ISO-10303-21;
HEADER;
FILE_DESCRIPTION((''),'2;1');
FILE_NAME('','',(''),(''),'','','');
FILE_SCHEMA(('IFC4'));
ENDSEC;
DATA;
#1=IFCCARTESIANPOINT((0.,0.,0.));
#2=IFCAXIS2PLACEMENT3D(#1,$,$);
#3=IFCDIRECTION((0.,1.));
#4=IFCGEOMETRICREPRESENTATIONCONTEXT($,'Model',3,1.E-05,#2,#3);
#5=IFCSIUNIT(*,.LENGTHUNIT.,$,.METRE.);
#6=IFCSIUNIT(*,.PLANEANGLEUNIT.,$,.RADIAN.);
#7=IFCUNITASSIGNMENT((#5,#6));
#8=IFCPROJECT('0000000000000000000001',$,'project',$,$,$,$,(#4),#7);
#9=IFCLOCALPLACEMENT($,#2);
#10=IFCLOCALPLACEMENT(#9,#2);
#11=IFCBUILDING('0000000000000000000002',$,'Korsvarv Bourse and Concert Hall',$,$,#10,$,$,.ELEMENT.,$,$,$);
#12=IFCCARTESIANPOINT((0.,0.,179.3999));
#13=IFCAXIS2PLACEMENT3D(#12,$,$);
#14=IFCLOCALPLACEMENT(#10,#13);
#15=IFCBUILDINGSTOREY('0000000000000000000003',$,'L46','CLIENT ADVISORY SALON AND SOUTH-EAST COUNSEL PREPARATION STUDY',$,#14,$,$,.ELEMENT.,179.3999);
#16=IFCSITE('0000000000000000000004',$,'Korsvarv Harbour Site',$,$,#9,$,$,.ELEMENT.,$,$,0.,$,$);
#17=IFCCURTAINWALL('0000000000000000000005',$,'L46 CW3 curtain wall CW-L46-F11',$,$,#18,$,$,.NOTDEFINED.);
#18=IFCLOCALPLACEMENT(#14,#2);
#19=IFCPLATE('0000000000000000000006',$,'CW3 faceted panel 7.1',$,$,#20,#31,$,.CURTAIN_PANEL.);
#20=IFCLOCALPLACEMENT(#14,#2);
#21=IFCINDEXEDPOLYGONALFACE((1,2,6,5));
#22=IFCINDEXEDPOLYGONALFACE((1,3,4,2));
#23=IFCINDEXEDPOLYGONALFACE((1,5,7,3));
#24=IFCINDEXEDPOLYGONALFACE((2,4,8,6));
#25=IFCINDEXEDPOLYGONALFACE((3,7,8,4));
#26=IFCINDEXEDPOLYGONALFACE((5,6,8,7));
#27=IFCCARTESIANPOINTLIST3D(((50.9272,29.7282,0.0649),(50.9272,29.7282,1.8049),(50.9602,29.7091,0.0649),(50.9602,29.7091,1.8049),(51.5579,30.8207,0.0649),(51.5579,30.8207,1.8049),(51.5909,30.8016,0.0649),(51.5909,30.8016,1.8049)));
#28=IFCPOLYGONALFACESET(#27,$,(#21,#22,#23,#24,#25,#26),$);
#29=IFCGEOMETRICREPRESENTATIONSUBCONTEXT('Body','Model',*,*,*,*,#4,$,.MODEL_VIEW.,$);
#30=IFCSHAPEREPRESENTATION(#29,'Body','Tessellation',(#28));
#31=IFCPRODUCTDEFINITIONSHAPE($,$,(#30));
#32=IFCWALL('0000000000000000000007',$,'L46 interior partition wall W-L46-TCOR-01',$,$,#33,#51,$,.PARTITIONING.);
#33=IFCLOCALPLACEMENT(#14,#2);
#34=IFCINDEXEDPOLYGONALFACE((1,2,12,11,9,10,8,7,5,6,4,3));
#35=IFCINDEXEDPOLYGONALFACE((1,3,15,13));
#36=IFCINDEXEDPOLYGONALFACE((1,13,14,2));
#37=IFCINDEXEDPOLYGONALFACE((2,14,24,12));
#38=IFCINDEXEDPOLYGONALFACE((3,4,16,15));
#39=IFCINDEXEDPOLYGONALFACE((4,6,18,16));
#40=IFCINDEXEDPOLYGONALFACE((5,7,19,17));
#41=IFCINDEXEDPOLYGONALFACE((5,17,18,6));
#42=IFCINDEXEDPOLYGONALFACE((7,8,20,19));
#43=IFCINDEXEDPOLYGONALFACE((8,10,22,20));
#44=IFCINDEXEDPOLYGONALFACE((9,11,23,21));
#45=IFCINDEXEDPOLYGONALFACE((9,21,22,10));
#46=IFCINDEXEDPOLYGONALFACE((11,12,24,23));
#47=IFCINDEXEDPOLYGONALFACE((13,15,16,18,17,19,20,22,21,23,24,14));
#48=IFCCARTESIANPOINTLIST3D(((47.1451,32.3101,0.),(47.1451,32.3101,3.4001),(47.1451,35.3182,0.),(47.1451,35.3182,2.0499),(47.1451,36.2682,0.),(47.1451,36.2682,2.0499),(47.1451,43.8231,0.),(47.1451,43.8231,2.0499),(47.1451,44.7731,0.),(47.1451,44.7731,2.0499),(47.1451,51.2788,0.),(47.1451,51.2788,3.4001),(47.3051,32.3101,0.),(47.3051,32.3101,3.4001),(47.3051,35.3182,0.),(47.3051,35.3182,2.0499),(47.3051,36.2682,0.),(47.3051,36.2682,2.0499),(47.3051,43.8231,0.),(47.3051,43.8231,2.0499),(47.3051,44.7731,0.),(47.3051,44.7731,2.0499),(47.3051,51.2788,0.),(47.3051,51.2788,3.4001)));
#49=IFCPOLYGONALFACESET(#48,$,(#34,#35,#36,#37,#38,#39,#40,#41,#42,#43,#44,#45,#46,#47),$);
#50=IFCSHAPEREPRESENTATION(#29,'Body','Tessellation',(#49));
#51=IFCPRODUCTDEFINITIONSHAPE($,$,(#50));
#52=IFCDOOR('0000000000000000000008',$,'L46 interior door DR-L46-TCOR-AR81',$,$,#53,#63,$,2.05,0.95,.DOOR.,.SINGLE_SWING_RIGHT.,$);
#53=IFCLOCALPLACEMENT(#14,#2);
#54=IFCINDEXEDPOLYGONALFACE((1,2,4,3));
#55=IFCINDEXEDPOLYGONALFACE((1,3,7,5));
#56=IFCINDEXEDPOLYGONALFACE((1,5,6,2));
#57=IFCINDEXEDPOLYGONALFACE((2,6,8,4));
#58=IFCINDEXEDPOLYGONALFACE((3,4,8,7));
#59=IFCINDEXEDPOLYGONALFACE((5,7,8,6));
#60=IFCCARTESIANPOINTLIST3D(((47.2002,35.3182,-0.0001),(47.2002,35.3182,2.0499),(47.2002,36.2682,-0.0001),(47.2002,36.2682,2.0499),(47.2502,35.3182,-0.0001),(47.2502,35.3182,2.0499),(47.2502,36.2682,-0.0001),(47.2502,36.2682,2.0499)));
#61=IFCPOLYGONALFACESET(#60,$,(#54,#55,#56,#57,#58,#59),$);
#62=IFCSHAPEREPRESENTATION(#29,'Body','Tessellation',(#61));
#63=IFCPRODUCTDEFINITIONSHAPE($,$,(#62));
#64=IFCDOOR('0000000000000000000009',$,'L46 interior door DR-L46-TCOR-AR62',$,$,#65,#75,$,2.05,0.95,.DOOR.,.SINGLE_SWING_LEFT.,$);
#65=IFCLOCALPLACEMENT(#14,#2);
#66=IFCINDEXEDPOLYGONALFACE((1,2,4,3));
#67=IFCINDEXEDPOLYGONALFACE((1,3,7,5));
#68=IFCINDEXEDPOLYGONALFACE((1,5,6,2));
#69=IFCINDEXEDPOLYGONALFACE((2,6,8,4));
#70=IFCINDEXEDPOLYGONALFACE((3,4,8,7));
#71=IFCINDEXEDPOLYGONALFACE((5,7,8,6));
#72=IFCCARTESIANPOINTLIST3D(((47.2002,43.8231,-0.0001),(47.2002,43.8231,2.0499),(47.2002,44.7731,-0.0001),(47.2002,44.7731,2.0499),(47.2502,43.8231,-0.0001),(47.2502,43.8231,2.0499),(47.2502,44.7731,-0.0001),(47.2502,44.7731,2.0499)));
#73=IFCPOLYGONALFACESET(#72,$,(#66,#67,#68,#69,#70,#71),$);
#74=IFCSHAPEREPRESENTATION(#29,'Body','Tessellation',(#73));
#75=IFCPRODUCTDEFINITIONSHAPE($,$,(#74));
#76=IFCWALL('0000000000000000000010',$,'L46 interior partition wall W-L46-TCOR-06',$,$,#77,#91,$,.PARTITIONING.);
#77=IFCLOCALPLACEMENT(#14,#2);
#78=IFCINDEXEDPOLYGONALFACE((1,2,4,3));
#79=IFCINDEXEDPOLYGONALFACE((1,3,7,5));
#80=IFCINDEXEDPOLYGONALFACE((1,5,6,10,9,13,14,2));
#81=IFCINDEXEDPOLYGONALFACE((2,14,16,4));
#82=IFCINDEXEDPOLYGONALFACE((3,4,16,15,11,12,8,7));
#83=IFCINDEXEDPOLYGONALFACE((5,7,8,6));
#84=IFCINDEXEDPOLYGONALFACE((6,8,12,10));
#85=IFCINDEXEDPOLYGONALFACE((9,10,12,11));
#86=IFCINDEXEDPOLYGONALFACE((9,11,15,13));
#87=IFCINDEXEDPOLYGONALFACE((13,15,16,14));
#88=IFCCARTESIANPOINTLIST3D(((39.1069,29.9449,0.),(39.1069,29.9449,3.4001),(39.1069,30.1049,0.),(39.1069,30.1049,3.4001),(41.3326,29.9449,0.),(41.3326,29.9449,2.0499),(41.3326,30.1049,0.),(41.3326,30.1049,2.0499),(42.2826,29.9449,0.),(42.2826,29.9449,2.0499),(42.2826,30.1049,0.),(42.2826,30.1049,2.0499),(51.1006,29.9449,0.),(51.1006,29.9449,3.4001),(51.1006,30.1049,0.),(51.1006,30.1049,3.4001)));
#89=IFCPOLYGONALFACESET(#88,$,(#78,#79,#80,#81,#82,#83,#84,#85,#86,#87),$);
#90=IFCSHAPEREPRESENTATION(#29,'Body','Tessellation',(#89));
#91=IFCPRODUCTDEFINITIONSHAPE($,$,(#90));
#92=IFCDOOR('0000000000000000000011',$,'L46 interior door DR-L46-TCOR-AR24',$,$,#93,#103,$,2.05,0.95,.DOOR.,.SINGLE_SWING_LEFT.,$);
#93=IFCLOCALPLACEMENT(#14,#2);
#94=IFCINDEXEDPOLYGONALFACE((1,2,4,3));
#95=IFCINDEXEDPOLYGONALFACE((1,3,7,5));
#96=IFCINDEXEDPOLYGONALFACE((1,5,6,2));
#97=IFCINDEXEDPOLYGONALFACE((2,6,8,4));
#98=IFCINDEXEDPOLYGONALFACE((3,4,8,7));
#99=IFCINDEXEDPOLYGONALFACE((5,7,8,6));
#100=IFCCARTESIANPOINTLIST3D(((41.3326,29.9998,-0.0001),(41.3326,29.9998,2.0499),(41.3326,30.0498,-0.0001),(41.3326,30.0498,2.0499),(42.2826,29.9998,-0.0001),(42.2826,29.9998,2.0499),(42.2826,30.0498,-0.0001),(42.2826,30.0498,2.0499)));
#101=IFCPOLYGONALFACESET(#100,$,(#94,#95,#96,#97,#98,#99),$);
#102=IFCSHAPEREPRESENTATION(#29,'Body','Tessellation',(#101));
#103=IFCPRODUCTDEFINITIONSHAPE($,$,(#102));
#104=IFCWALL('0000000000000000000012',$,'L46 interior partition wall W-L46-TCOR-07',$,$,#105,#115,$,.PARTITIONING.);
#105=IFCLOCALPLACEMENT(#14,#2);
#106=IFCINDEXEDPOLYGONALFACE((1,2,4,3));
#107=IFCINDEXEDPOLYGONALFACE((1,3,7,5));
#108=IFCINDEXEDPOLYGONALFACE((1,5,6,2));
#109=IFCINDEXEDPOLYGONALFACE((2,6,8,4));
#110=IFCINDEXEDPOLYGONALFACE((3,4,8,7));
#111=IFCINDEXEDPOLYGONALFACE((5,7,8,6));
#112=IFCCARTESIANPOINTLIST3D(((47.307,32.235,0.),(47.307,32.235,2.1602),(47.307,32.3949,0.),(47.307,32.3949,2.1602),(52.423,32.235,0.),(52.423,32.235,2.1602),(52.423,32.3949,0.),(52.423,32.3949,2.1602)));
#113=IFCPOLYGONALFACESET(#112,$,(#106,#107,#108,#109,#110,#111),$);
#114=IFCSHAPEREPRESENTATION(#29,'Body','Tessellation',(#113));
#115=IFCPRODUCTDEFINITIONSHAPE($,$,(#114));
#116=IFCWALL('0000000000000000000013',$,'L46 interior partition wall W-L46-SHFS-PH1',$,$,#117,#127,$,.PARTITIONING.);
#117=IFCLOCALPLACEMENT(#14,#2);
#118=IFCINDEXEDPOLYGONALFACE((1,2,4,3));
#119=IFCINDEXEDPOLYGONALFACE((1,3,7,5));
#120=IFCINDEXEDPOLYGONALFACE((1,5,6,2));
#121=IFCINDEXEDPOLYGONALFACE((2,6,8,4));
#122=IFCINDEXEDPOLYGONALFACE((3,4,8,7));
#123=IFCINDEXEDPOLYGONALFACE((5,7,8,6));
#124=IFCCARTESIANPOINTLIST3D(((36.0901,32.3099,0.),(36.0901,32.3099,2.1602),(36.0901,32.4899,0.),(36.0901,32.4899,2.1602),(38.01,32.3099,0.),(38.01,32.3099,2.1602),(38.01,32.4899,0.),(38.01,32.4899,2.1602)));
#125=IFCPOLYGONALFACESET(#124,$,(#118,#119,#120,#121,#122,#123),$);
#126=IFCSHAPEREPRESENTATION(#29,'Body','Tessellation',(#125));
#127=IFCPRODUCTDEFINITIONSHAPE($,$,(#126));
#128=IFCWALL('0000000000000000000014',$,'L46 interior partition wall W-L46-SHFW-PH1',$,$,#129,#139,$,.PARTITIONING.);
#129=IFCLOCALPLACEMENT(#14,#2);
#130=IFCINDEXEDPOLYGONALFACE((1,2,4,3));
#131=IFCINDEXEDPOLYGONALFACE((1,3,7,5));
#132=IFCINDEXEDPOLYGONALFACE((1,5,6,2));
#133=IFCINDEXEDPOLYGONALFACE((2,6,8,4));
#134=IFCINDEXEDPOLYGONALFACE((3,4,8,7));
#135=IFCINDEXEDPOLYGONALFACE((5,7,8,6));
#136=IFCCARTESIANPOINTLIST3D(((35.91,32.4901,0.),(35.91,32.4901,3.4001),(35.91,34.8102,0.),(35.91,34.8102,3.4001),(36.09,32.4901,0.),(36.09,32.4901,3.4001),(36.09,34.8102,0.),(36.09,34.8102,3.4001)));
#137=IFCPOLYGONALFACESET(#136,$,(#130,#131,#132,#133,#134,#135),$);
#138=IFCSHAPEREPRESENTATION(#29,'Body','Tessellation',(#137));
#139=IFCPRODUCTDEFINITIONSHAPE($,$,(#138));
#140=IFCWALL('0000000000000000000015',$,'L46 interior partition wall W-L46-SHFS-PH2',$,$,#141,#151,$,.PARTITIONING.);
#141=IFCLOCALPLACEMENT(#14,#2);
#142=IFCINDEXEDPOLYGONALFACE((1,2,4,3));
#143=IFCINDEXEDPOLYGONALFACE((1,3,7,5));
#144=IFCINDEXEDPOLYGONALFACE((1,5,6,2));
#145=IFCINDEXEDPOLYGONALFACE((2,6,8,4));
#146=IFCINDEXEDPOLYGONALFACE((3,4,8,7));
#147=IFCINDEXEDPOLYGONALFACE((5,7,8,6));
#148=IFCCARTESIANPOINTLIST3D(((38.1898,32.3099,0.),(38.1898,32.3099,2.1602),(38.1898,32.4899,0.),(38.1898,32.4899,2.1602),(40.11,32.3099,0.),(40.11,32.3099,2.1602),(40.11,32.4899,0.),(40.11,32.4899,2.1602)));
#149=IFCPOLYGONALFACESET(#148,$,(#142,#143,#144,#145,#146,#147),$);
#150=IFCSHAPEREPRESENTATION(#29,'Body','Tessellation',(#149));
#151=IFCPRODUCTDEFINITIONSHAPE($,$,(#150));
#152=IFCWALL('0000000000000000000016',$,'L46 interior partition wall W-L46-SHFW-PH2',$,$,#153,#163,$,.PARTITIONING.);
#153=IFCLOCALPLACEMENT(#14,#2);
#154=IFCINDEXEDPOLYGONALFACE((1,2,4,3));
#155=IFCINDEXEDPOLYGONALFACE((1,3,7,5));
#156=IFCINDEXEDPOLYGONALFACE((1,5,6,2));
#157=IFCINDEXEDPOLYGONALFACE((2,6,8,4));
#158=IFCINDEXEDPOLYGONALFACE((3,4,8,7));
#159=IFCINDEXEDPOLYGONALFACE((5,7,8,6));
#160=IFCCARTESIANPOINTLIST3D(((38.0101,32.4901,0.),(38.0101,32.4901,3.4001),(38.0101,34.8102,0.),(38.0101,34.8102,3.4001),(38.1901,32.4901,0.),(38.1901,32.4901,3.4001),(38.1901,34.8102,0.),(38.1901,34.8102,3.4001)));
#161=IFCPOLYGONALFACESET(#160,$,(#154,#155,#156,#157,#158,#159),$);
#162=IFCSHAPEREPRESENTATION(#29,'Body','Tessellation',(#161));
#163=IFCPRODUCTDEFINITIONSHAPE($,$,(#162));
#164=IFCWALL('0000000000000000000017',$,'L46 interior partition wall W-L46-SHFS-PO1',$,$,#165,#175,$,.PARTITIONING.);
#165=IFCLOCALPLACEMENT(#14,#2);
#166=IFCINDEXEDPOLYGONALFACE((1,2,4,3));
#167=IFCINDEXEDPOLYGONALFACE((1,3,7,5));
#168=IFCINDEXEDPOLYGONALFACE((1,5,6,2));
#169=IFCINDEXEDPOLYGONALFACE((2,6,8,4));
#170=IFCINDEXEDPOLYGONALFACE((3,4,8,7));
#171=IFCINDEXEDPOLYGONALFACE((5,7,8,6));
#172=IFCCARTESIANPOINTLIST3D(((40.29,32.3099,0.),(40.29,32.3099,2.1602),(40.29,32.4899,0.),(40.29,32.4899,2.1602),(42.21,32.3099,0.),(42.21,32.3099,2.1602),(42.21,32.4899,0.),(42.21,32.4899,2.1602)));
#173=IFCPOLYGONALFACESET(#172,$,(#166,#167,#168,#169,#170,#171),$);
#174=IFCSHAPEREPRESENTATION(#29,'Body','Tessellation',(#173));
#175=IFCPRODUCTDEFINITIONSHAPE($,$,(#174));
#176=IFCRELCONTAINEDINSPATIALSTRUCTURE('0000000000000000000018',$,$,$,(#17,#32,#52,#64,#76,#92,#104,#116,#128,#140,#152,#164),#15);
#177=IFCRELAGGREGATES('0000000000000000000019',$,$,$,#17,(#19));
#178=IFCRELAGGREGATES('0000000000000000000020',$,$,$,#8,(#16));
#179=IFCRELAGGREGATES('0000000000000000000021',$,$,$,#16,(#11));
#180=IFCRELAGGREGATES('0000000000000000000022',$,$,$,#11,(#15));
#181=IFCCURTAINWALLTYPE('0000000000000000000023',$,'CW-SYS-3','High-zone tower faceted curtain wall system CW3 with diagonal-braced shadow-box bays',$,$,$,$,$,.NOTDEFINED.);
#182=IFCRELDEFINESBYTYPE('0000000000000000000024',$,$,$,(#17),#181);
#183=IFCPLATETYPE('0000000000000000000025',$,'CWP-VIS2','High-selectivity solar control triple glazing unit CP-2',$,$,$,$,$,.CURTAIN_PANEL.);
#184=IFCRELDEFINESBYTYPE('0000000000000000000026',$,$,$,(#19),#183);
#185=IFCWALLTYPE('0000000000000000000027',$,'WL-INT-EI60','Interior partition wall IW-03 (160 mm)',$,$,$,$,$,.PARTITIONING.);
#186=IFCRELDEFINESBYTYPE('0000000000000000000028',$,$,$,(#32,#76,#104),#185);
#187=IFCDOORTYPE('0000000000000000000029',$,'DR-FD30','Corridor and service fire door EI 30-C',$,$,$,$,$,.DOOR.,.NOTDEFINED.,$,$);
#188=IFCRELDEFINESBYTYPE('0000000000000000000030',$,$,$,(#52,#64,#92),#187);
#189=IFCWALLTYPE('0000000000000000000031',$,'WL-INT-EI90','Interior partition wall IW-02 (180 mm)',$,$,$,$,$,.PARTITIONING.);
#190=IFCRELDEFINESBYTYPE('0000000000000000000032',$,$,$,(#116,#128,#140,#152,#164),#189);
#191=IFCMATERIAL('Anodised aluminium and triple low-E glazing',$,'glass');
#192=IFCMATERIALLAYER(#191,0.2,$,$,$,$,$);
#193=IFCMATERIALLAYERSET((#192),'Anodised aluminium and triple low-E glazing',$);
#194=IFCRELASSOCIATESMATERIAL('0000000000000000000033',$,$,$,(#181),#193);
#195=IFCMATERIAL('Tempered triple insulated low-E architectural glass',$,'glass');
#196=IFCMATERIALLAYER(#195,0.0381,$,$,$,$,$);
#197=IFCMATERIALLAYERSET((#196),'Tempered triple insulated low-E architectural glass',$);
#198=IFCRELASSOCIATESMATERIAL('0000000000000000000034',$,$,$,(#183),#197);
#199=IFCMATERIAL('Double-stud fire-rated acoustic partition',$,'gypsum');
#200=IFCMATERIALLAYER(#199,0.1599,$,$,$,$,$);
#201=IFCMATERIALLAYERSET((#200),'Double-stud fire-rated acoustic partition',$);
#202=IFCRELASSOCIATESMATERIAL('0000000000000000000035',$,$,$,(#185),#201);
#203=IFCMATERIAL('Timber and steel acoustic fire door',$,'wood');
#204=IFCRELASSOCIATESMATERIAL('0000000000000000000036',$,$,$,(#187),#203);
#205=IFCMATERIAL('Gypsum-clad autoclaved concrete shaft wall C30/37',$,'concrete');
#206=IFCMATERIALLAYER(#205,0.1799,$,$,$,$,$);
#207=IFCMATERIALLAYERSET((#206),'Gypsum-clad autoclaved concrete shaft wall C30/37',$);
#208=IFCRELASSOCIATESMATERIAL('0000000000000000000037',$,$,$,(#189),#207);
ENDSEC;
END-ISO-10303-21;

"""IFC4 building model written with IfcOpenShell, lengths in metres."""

from ifc_helpers import new_model, si_unit, direction, frame, frame_2d, origin, origin_2d, place, context, subcontext, project, spatial, rectangle, extrude, source, transform, mapped, material, layer, layer_set, type_object, element, fill, aggregate, save


model = new_model("IFC4")

# Units and contexts
model_context = context("Model", 3, precision=1e-05, world=origin(), true_north=direction((0.0, 1.0)))
body_context = subcontext(model_context, "Body", "Model", "MODEL_VIEW")
ifc_project = project(units=[si_unit("LENGTHUNIT", "METRE"), si_unit("PLANEANGLEUNIT", "RADIAN")], contexts=[model_context])

# Site, building, storey
site_placement = place(None, origin())
site = spatial("IfcSite", under=ifc_project, at=site_placement, Name="Korsvarv Harbour Site", CompositionType="ELEMENT", RefElevation=0.0)
building_placement = place(site_placement, origin())
building = spatial("IfcBuilding", under=site, at=building_placement, Name="Korsvarv Bourse and Concert Hall", CompositionType="ELEMENT")
storey_placement = place(building_placement, frame((0.0, 0.0, 179.3999)))
storey = spatial("IfcBuildingStorey", under=building, at=storey_placement, Name="L46", Description="CLIENT ADVISORY SALON AND SOUTH-EAST COUNSEL PREPARATION STUDY", CompositionType="ELEMENT", Elevation=179.3999)

# Curtain wall, plate
ifc_material_1 = material(Name="Anodised aluminium and triple low-E glazing", Category="glass")
ifc_layer_1 = layer(ifc_material_1, 0.2)
ifc_layer_set_1 = layer_set([ifc_layer_1], Name="Anodised aluminium and triple low-E glazing")
curtain_wall_type = type_object("IfcCurtainWallType", Name="CW-SYS-3", Description="High-zone tower faceted curtain wall system CW3 with diagonal-braced shadow-box bays", PredefinedType="NOTDEFINED", material=ifc_layer_set_1)
curtain_wall_placement = place(storey_placement, origin())
curtain_wall = element("IfcCurtainWall", 1, at=curtain_wall_placement, inside=storey, type_object=curtain_wall_type, Name="L46 CW3 curtain wall CW-L46-F11", PredefinedType="NOTDEFINED")
ifc_material_2 = material(Name="Tempered triple insulated low-E architectural glass", Category="glass")
ifc_layer_2 = layer(ifc_material_2, 0.0381)
ifc_layer_set_2 = layer_set([ifc_layer_2], Name="Tempered triple insulated low-E architectural glass")
plate_type_1 = type_object("IfcPlateType", Name="CWP-VIS2", Description="High-selectivity solar control triple glazing unit CP-2", PredefinedType="CURTAIN_PANEL", material=ifc_layer_set_2)
shared_shape_1 = source(origin(), body_context, "Body", "SweptSolid", [
    extrude(rectangle(XDim=1.2615, YDim=0.0381, at=origin_2d()), origin(), (0.0, 0.0, 1.0), 1.74),
])
plate_1_placement = place(storey_placement, frame((51.259, 30.2649, 0.0649), z_axis=(0.0, 0.0, 1.0), x_axis=(0.499994, 0.866029, 0.0)))
plate_1 = element("IfcPlate", 2, at=plate_1_placement, type_object=plate_type_1, Name="CW3 faceted panel 7.1", PredefinedType="CURTAIN_PANEL", context=body_context, shape_type="MappedRepresentation", body=[
    mapped(shared_shape_1, transform((0.0, 0.0, 0.0), scale=1.0)),
])
aggregate(curtain_wall, [plate_1])

# Wall, openings, doors
ifc_material_3 = material(Name="Double-stud fire-rated acoustic partition", Category="gypsum")
ifc_layer_3 = layer(ifc_material_3, 0.1599)
ifc_layer_set_3 = layer_set([ifc_layer_3], Name="Double-stud fire-rated acoustic partition")
wall_type_1 = type_object("IfcWallType", Name="WL-INT-EI60", Description="Interior partition wall IW-03 (160 mm)", PredefinedType="PARTITIONING", material=ifc_layer_set_3)
wall_1_placement = place(storey_placement, frame((47.2251, 32.3101, 0.0), z_axis=(0.0, 0.0, 1.0), x_axis=(0.0, 1.0, 0.0)))
wall_1 = element("IfcWall", 3, at=wall_1_placement, inside=storey, type_object=wall_type_1, Name="L46 interior partition wall W-L46-TCOR-01", PredefinedType="PARTITIONING", context=body_context, shape_type="SweptSolid", body=[
    extrude(rectangle(XDim=18.9688, YDim=0.1599, at=frame_2d((9.4844, 0.0))), origin(), (0.0, 0.0, 1.0), 3.4001),
])
opening_1_placement = place(wall_1_placement, frame((3.0081, 0.0, 0.0)))
opening_1 = element("IfcOpeningElement", 4, at=opening_1_placement, cuts=wall_1, PredefinedType="OPENING", context=body_context, shape_type="SweptSolid", body=[
    extrude(rectangle(XDim=0.95, YDim=2.05, at=frame_2d((0.4751, 1.0249))), frame((0.0, 0.0898, 0.0), z_axis=(0.0, -1.0, 0.0), x_axis=(1.0, 0.0, 0.0)), (0.0, 0.0, 1.0), 0.1799),
])
opening_2_placement = place(wall_1_placement, frame((11.5129, 0.0, 0.0)))
opening_2 = element("IfcOpeningElement", 5, at=opening_2_placement, cuts=wall_1, PredefinedType="OPENING", context=body_context, shape_type="SweptSolid", body=[
    extrude(rectangle(XDim=0.95, YDim=2.05, at=frame_2d((0.4751, 1.0249))), frame((0.0, 0.0898, 0.0), z_axis=(0.0, -1.0, 0.0), x_axis=(1.0, 0.0, 0.0)), (0.0, 0.0, 1.0), 0.1799),
])
ifc_material_4 = material(Name="Timber and steel acoustic fire door", Category="wood")
door_type = type_object("IfcDoorType", Name="DR-FD30", Description="Corridor and service fire door EI 30-C", OperationType="NOTDEFINED", PredefinedType="DOOR", material=ifc_material_4)
door_1_placement = place(opening_1_placement, origin())
door_1 = element("IfcDoor", 6, at=door_1_placement, inside=storey, type_object=door_type, Name="L46 interior door DR-L46-TCOR-AR81", OperationType="SINGLE_SWING_RIGHT", OverallHeight=2.05, OverallWidth=0.95, PredefinedType="DOOR", context=body_context, shape_type="SweptSolid", body=[
    extrude(rectangle(XDim=0.95, YDim=2.05, at=frame_2d((0.4751, 1.0249))), frame((0.0, 0.0249, 0.0), z_axis=(0.0, -1.0, 0.0), x_axis=(1.0, 0.0, 0.0)), (0.0, 0.0, 1.0), 0.05),
])
fill(opening_1, door_1)
door_2_placement = place(opening_2_placement, origin())
door_2 = element("IfcDoor", 7, at=door_2_placement, inside=storey, type_object=door_type, Name="L46 interior door DR-L46-TCOR-AR62", OperationType="SINGLE_SWING_LEFT", OverallHeight=2.05, OverallWidth=0.95, PredefinedType="DOOR", context=body_context, shape_type="SweptSolid", body=[
    extrude(rectangle(XDim=0.95, YDim=2.05, at=frame_2d((0.4751, 1.0249))), frame((0.0, 0.0249, 0.0), z_axis=(0.0, -1.0, 0.0), x_axis=(1.0, 0.0, 0.0)), (0.0, 0.0, 1.0), 0.05),
])
fill(opening_2, door_2)

# Wall, opening, door
wall_2_placement = place(storey_placement, frame((39.1069, 30.0249, 0.0), z_axis=(0.0, 0.0, 1.0), x_axis=(1.0, 0.0, 0.0)))
wall_2 = element("IfcWall", 8, at=wall_2_placement, inside=storey, type_object=wall_type_1, Name="L46 interior partition wall W-L46-TCOR-06", PredefinedType="PARTITIONING", context=body_context, shape_type="SweptSolid", body=[
    extrude(rectangle(XDim=11.9937, YDim=0.1599, at=frame_2d((5.9968, 0.0))), origin(), (0.0, 0.0, 1.0), 3.4001),
])
opening_3_placement = place(wall_2_placement, frame((2.2256, 0.0, 0.0)))
opening_3 = element("IfcOpeningElement", 9, at=opening_3_placement, cuts=wall_2, PredefinedType="OPENING", context=body_context, shape_type="SweptSolid", body=[
    extrude(rectangle(XDim=0.95, YDim=2.05, at=frame_2d((0.4751, 1.0249))), frame((0.0, 0.0898, 0.0), z_axis=(0.0, -1.0, 0.0), x_axis=(1.0, 0.0, 0.0)), (0.0, 0.0, 1.0), 0.1799),
])
door_3_placement = place(opening_3_placement, origin())
door_3 = element("IfcDoor", 10, at=door_3_placement, inside=storey, type_object=door_type, Name="L46 interior door DR-L46-TCOR-AR24", OperationType="SINGLE_SWING_LEFT", OverallHeight=2.05, OverallWidth=0.95, PredefinedType="DOOR", context=body_context, shape_type="SweptSolid", body=[
    extrude(rectangle(XDim=0.95, YDim=2.05, at=frame_2d((0.4751, 1.0249))), frame((0.0, 0.0249, 0.0), z_axis=(0.0, -1.0, 0.0), x_axis=(1.0, 0.0, 0.0)), (0.0, 0.0, 1.0), 0.05),
])
fill(opening_3, door_3)

# Walls
wall_3_placement = place(storey_placement, frame((47.3069, 32.3149, 0.0), z_axis=(0.0, 0.0, 1.0), x_axis=(1.0, 0.0, 0.0)))
element("IfcWall", 11, at=wall_3_placement, inside=storey, type_object=wall_type_1, Name="L46 interior partition wall W-L46-TCOR-07", PredefinedType="PARTITIONING", context=body_context, shape_type="SweptSolid", body=[
    extrude(rectangle(XDim=5.116, YDim=0.1599, at=frame_2d((2.5581, 0.0))), origin(), (0.0, 0.0, 1.0), 2.1602),
])
ifc_material_5 = material(Name="Gypsum-clad autoclaved concrete shaft wall C30/37", Category="concrete")
ifc_layer_4 = layer(ifc_material_5, 0.1799)
ifc_layer_set_4 = layer_set([ifc_layer_4], Name="Gypsum-clad autoclaved concrete shaft wall C30/37")
wall_type_2 = type_object("IfcWallType", Name="WL-INT-EI90", Description="Interior partition wall IW-02 (180 mm)", PredefinedType="PARTITIONING", material=ifc_layer_set_4)
wall_4_placement = place(storey_placement, frame((36.0901, 32.3999, 0.0), z_axis=(0.0, 0.0, 1.0), x_axis=(1.0, 0.0, 0.0)))
element("IfcWall", 12, at=wall_4_placement, inside=storey, type_object=wall_type_2, Name="L46 interior partition wall W-L46-SHFS-PH1", PredefinedType="PARTITIONING", context=body_context, shape_type="SweptSolid", body=[
    extrude(rectangle(XDim=1.9199, YDim=0.1799, at=frame_2d((0.96, 0.0))), origin(), (0.0, 0.0, 1.0), 2.1602),
])
wall_5_placement = place(storey_placement, frame((36.0, 32.49, 0.0), z_axis=(0.0, 0.0, 1.0), x_axis=(0.0, 1.0, 0.0)))
element("IfcWall", 13, at=wall_5_placement, inside=storey, type_object=wall_type_2, Name="L46 interior partition wall W-L46-SHFW-PH1", PredefinedType="PARTITIONING", context=body_context, shape_type="SweptSolid", body=[
    extrude(rectangle(XDim=2.3201, YDim=0.1799, at=frame_2d((1.1602, 0.0))), origin(), (0.0, 0.0, 1.0), 3.4001),
])
wall_6_placement = place(storey_placement, frame((38.1899, 32.3999, 0.0), z_axis=(0.0, 0.0, 1.0), x_axis=(1.0, 0.0, 0.0)))
element("IfcWall", 14, at=wall_6_placement, inside=storey, type_object=wall_type_2, Name="L46 interior partition wall W-L46-SHFS-PH2", PredefinedType="PARTITIONING", context=body_context, shape_type="SweptSolid", body=[
    extrude(rectangle(XDim=1.9202, YDim=0.1799, at=frame_2d((0.96, 0.0))), origin(), (0.0, 0.0, 1.0), 2.1602),
])
wall_7_placement = place(storey_placement, frame((38.1001, 32.49, 0.0), z_axis=(0.0, 0.0, 1.0), x_axis=(0.0, 1.0, 0.0)))
element("IfcWall", 15, at=wall_7_placement, inside=storey, type_object=wall_type_2, Name="L46 interior partition wall W-L46-SHFW-PH2", PredefinedType="PARTITIONING", context=body_context, shape_type="SweptSolid", body=[
    extrude(rectangle(XDim=2.3201, YDim=0.1799, at=frame_2d((1.1602, 0.0))), origin(), (0.0, 0.0, 1.0), 3.4001),
])
wall_8_placement = place(storey_placement, frame((40.29, 32.3999, 0.0), z_axis=(0.0, 0.0, 1.0), x_axis=(1.0, 0.0, 0.0)))
element("IfcWall", 16, at=wall_8_placement, inside=storey, type_object=wall_type_2, Name="L46 interior partition wall W-L46-SHFS-PO1", PredefinedType="PARTITIONING", context=body_context, shape_type="SweptSolid", body=[
    extrude(rectangle(XDim=1.9199, YDim=0.1799, at=frame_2d((0.96, 0.0))), origin(), (0.0, 0.0, 1.0), 2.1602),
])

save(model, "model.ifc")
